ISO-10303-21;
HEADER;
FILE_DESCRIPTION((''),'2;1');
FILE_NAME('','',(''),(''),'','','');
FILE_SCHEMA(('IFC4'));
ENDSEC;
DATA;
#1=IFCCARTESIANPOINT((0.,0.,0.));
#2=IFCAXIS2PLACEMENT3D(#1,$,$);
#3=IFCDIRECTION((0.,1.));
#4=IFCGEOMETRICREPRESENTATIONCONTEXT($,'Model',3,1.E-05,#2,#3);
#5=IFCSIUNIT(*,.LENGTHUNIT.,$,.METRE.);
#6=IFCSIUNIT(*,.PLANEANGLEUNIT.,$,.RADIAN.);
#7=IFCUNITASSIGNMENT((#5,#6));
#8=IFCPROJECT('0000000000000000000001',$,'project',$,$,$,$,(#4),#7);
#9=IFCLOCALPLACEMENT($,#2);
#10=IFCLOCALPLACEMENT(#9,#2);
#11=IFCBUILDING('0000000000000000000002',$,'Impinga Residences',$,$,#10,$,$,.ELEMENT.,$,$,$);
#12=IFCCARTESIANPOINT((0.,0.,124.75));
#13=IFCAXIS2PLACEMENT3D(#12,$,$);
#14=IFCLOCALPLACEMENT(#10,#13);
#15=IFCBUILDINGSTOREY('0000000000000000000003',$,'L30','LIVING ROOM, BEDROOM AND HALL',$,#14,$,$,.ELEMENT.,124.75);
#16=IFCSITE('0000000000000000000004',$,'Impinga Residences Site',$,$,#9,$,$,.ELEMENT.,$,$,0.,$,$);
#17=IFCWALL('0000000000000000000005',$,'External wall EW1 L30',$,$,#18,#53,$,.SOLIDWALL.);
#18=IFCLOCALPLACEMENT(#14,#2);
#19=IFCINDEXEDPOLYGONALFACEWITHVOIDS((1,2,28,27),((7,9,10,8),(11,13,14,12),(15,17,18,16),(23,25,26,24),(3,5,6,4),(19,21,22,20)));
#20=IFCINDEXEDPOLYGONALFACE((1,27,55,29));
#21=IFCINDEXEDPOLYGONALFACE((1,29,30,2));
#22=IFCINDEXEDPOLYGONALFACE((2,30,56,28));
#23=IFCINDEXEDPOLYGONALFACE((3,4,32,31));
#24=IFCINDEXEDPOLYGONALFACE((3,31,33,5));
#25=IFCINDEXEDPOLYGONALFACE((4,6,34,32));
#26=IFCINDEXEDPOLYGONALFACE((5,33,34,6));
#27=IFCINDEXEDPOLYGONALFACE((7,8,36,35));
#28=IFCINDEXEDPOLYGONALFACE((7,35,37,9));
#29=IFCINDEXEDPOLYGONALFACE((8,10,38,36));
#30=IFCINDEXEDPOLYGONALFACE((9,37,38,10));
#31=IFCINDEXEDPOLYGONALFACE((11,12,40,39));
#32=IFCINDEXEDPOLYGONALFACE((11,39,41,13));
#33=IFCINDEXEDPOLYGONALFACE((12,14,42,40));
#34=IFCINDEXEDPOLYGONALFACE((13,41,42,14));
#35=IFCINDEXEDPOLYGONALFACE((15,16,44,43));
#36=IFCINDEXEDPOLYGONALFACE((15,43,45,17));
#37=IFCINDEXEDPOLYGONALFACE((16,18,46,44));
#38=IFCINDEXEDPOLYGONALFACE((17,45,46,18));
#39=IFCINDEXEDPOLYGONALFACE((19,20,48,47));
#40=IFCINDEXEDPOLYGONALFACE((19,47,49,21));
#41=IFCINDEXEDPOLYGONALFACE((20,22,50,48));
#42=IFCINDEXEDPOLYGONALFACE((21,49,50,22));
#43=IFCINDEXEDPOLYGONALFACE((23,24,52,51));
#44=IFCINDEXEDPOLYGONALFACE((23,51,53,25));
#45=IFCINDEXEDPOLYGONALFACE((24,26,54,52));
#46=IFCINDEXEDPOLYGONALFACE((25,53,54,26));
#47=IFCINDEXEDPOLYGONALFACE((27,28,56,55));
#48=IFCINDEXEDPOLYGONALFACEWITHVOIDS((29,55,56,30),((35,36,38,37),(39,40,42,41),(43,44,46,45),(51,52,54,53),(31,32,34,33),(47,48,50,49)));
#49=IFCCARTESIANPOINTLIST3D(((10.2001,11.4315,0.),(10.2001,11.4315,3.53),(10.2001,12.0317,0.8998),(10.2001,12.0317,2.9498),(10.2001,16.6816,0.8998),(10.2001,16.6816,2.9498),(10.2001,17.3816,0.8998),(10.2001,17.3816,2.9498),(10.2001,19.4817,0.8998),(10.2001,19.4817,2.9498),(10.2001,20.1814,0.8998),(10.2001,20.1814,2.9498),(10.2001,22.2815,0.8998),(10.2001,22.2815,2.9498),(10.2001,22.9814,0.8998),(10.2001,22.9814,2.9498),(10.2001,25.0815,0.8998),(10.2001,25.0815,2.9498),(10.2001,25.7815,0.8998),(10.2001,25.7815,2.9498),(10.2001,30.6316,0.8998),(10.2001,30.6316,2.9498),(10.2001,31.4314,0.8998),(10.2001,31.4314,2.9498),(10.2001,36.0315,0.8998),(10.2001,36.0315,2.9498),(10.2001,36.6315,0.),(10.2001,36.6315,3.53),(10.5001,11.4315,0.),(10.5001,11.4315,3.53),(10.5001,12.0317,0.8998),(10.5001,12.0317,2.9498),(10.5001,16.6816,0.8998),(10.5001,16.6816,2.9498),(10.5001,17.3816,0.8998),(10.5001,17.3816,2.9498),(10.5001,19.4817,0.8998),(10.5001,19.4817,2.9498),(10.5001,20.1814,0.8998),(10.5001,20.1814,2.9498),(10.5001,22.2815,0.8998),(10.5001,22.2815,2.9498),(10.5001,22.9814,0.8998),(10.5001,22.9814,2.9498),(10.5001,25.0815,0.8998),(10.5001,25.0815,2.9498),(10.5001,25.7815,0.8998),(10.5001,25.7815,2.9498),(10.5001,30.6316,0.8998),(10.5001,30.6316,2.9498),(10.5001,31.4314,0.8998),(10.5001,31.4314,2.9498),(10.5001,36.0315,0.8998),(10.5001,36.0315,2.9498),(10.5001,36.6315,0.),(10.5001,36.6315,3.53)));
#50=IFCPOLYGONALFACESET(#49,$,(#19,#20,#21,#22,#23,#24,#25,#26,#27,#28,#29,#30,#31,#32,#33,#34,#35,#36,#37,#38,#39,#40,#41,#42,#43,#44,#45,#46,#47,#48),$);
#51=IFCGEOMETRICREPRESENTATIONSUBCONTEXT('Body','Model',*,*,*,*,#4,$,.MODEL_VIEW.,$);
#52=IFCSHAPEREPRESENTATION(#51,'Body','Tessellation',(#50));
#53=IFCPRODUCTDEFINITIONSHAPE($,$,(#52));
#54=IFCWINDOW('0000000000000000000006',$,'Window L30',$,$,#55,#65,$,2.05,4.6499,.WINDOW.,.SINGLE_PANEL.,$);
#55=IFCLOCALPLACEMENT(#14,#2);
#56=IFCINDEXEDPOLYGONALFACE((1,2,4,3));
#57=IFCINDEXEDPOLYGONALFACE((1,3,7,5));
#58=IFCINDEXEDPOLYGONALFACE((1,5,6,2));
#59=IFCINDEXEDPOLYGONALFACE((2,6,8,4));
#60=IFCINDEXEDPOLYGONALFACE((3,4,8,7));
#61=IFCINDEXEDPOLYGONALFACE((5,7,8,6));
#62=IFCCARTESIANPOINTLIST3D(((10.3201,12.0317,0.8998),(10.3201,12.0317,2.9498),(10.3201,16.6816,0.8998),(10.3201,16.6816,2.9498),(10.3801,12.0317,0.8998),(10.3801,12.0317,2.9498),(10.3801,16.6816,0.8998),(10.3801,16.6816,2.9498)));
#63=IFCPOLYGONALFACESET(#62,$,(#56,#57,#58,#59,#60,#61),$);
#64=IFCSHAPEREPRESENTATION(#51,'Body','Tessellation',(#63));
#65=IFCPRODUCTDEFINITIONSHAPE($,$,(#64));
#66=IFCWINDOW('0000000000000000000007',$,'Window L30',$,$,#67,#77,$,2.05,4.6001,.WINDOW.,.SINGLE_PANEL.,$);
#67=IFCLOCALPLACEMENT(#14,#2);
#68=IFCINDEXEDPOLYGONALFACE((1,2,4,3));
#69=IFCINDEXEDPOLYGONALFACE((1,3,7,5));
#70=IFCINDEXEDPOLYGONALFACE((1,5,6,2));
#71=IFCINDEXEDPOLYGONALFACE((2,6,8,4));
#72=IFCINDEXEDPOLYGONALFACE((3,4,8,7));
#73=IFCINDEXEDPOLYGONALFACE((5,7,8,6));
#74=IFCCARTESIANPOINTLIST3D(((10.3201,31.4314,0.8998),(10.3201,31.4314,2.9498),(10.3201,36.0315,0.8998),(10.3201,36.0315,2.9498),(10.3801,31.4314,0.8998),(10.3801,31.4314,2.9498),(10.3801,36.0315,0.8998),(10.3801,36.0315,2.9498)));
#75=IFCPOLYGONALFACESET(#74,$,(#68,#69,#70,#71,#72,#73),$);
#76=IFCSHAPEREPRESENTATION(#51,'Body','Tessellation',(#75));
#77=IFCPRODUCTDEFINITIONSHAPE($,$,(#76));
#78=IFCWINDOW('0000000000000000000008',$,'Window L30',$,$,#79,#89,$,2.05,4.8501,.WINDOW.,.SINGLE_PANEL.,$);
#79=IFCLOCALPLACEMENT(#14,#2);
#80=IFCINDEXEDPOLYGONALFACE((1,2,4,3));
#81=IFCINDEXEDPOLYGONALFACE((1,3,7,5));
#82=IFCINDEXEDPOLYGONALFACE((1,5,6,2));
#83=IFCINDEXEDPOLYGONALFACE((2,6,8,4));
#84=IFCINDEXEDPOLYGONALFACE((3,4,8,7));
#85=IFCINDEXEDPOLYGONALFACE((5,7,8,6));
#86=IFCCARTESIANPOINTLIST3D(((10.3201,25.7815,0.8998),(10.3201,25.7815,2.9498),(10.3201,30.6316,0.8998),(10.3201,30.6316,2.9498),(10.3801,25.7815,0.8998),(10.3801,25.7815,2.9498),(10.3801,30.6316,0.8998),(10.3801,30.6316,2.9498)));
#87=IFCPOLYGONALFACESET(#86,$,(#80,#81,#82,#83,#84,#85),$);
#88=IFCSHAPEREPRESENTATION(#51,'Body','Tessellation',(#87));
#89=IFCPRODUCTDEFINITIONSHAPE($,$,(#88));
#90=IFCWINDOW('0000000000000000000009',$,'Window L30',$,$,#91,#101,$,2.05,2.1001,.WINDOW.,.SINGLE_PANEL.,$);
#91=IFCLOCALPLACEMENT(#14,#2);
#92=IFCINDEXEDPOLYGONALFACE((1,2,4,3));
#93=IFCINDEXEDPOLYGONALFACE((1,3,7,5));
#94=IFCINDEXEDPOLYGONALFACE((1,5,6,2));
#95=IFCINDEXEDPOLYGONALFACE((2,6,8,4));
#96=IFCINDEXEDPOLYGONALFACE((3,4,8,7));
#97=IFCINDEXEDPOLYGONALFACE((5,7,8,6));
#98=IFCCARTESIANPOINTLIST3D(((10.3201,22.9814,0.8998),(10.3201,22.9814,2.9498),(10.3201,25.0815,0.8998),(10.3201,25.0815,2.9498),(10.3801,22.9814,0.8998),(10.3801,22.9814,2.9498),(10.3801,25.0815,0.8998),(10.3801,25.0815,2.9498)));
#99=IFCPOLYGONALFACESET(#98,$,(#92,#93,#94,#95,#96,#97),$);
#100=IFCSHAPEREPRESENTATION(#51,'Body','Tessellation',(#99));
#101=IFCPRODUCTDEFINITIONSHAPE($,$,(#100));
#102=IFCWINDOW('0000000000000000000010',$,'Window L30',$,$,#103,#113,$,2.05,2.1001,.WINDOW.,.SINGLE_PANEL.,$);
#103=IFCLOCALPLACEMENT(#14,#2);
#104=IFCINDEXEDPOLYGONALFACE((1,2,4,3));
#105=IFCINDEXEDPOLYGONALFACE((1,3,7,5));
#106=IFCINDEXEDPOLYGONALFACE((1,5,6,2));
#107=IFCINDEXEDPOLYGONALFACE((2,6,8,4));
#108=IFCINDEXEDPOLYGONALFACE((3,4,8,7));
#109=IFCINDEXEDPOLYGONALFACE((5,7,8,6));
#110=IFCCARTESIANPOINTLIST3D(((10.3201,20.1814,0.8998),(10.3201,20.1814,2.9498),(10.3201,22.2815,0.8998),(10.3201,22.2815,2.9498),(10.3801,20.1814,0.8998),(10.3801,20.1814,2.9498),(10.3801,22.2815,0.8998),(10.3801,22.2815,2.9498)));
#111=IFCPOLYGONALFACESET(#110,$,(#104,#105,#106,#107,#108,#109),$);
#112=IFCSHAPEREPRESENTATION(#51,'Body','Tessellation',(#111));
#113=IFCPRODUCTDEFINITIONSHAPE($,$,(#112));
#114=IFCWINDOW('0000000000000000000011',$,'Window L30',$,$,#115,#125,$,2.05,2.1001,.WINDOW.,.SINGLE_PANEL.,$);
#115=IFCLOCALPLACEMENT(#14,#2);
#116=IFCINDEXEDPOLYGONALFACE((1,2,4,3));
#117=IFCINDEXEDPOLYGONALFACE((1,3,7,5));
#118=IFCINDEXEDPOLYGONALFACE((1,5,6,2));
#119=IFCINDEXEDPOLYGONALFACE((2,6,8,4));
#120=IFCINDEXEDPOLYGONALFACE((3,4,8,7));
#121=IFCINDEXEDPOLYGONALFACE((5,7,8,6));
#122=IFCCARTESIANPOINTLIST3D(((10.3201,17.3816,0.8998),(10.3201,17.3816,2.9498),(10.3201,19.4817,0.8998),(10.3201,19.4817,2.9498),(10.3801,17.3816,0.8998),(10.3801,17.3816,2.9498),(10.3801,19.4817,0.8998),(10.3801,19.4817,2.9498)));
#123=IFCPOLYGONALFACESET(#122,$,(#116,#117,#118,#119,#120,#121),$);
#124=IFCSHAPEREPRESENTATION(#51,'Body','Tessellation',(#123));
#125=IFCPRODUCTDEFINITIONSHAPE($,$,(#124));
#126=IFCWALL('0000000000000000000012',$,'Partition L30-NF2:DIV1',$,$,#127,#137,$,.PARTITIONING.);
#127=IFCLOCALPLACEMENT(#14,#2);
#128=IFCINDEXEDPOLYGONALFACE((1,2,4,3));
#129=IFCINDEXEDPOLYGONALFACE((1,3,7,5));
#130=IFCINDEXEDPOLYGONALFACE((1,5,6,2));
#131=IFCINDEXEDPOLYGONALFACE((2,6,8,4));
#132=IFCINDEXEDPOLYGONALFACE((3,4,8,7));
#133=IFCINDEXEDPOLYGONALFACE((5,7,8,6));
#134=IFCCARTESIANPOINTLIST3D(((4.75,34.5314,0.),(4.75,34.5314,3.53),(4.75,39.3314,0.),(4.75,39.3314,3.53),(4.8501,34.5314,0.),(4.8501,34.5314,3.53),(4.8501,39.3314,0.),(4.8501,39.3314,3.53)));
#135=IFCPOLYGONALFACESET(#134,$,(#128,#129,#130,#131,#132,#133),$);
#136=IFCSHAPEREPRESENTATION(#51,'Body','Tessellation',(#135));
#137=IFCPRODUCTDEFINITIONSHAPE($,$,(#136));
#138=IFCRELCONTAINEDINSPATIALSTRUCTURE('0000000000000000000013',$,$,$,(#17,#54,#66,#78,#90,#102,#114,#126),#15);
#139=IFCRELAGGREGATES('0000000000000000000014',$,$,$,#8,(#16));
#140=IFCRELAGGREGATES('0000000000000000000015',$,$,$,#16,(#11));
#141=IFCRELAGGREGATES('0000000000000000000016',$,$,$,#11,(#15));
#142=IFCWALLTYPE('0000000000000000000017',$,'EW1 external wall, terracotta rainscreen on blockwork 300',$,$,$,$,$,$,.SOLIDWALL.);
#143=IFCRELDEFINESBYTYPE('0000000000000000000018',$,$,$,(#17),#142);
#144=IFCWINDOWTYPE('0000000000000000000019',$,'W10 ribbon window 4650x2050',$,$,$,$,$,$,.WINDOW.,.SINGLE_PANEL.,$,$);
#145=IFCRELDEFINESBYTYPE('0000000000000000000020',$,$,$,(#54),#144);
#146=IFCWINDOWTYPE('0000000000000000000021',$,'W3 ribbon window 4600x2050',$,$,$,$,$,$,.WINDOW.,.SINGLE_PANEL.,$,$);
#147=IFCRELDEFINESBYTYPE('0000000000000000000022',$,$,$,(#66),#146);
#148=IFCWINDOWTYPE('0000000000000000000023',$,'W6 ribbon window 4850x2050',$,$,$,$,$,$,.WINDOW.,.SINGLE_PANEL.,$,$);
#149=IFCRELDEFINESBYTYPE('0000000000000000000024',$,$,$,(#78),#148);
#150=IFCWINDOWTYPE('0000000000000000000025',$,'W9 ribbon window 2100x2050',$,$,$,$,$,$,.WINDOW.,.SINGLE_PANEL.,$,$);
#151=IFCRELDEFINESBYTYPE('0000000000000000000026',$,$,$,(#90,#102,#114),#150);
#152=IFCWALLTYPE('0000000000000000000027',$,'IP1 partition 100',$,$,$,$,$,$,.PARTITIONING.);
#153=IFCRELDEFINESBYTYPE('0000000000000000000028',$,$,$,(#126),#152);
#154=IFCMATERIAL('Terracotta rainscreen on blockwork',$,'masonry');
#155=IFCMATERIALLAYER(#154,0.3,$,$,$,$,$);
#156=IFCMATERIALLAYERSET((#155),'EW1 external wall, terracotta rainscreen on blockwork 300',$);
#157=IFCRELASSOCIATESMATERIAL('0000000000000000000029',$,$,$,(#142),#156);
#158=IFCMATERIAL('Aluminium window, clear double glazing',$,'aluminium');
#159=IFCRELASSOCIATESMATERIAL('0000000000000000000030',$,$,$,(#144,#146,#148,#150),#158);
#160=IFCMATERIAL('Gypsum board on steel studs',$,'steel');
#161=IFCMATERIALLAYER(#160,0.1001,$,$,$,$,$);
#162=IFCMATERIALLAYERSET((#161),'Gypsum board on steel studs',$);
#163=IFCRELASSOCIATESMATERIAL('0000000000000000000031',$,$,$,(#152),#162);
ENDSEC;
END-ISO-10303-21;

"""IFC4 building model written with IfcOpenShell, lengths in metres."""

from ifc_helpers import new_model, si_unit, direction, frame, frame_2d, origin, place, context, subcontext, project, spatial, rectangle, extrude, material, layer, layer_set, type_object, element, fill, save


model = new_model("IFC4")

# Units and contexts
model_context = context("Model", 3, precision=1e-05, world=origin(), true_north=direction((0.0, 1.0)))
body_context = subcontext(model_context, "Body", "Model", "MODEL_VIEW")
ifc_project = project(units=[si_unit("LENGTHUNIT", "METRE"), si_unit("PLANEANGLEUNIT", "RADIAN")], contexts=[model_context])

# Site, building, storey
site_placement = place(None, origin())
site = spatial("IfcSite", under=ifc_project, at=site_placement, Name="Impinga Residences Site", CompositionType="ELEMENT", RefElevation=0.0)
building_placement = place(site_placement, origin())
building = spatial("IfcBuilding", under=site, at=building_placement, Name="Impinga Residences", CompositionType="ELEMENT")
storey_placement = place(building_placement, frame((0.0, 0.0, 124.75)))
storey = spatial("IfcBuildingStorey", under=building, at=storey_placement, Name="L30", Description="LIVING ROOM, BEDROOM AND HALL", CompositionType="ELEMENT", Elevation=124.75)

# Shared definitions
ifc_material_1 = material(Name="Terracotta rainscreen on blockwork", Category="masonry")
ifc_layer_1 = layer(ifc_material_1, 0.3)
ifc_layer_set_1 = layer_set([ifc_layer_1], Name="EW1 external wall, terracotta rainscreen on blockwork 300")
wall_type_1 = type_object("IfcWallType", Name="EW1 external wall, terracotta rainscreen on blockwork 300", PredefinedType="SOLIDWALL", material=ifc_layer_set_1)

# Wall, openings, windows
wall_1_placement = place(storey_placement, frame((10.3501, 36.6316, 0.0), z_axis=(0.0, 0.0, 1.0), x_axis=(0.0, -1.0, 0.0)))
wall_1 = element("IfcWall", 1, at=wall_1_placement, inside=storey, type_object=wall_type_1, Name="External wall EW1 L30", PredefinedType="SOLIDWALL", context=body_context, shape_type="SweptSolid", body=[
    extrude(rectangle(XDim=25.2, YDim=0.3, at=frame_2d((12.6001, 0.0))), origin(), (0.0, 0.0, 1.0), 3.53),
])
opening_1_placement = place(wall_1_placement, frame((0.6001, 0.0, 0.8999)))
opening_1 = element("IfcOpeningElement", 2, at=opening_1_placement, cuts=wall_1, PredefinedType="OPENING", context=body_context, shape_type="SweptSolid", body=[
    extrude(rectangle(XDim=4.6001, YDim=2.05, at=frame_2d((2.3, 1.0249))), frame((0.0, 0.1599, 0.0), z_axis=(0.0, -1.0, 0.0), x_axis=(1.0, 0.0, 0.0)), (0.0, 0.0, 1.0), 0.3201),
])
opening_2_placement = place(wall_1_placement, frame((6.0, 0.0, 0.8999)))
opening_2 = element("IfcOpeningElement", 3, at=opening_2_placement, cuts=wall_1, PredefinedType="OPENING", context=body_context, shape_type="SweptSolid", body=[
    extrude(rectangle(XDim=4.8501, YDim=2.05, at=frame_2d((2.425, 1.0249))), frame((0.0, 0.1599, 0.0), z_axis=(0.0, -1.0, 0.0), x_axis=(1.0, 0.0, 0.0)), (0.0, 0.0, 1.0), 0.3201),
])
opening_3_placement = place(wall_1_placement, frame((11.55, 0.0, 0.8999)))
opening_3 = element("IfcOpeningElement", 4, at=opening_3_placement, cuts=wall_1, PredefinedType="OPENING", context=body_context, shape_type="SweptSolid", body=[
    extrude(rectangle(XDim=2.1001, YDim=2.05, at=frame_2d((1.05, 1.0249))), frame((0.0, 0.1599, 0.0), z_axis=(0.0, -1.0, 0.0), x_axis=(1.0, 0.0, 0.0)), (0.0, 0.0, 1.0), 0.3201),
])
opening_4_placement = place(wall_1_placement, frame((14.3501, 0.0, 0.8999)))
opening_4 = element("IfcOpeningElement", 5, at=opening_4_placement, cuts=wall_1, PredefinedType="OPENING", context=body_context, shape_type="SweptSolid", body=[
    extrude(rectangle(XDim=2.1001, YDim=2.05, at=frame_2d((1.05, 1.0249))), frame((0.0, 0.1599, 0.0), z_axis=(0.0, -1.0, 0.0), x_axis=(1.0, 0.0, 0.0)), (0.0, 0.0, 1.0), 0.3201),
])
opening_5_placement = place(wall_1_placement, frame((17.1499, 0.0, 0.8999)))
opening_5 = element("IfcOpeningElement", 6, at=opening_5_placement, cuts=wall_1, PredefinedType="OPENING", context=body_context, shape_type="SweptSolid", body=[
    extrude(rectangle(XDim=2.1001, YDim=2.05, at=frame_2d((1.05, 1.0249))), frame((0.0, 0.1599, 0.0), z_axis=(0.0, -1.0, 0.0), x_axis=(1.0, 0.0, 0.0)), (0.0, 0.0, 1.0), 0.3201),
])
opening_6_placement = place(wall_1_placement, frame((19.95, 0.0, 0.8999)))
opening_6 = element("IfcOpeningElement", 7, at=opening_6_placement, cuts=wall_1, PredefinedType="OPENING", context=body_context, shape_type="SweptSolid", body=[
    extrude(rectangle(XDim=4.6499, YDim=2.05, at=frame_2d((2.325, 1.0249))), frame((0.0, 0.1599, 0.0), z_axis=(0.0, -1.0, 0.0), x_axis=(1.0, 0.0, 0.0)), (0.0, 0.0, 1.0), 0.3201),
])
ifc_material_2 = material(Name="Aluminium window, clear double glazing", Category="aluminium")
window_type_1 = type_object("IfcWindowType", Name="W10 ribbon window 4650x2050", PartitioningType="SINGLE_PANEL", PredefinedType="WINDOW", material=ifc_material_2)
window_1_placement = place(opening_6_placement, origin())
window_1 = element("IfcWindow", 8, at=window_1_placement, inside=storey, type_object=window_type_1, Name="Window L30", OverallHeight=2.05, OverallWidth=4.6499, PartitioningType="SINGLE_PANEL", PredefinedType="WINDOW", context=body_context, shape_type="SweptSolid", body=[
    extrude(rectangle(XDim=4.6499, YDim=2.05, at=frame_2d((2.325, 1.0249))), frame((0.0, 0.03, 0.0), z_axis=(0.0, -1.0, 0.0), x_axis=(1.0, 0.0, 0.0)), (0.0, 0.0, 1.0), 0.0601),
])
fill(opening_6, window_1)
window_type_2 = type_object("IfcWindowType", Name="W3 ribbon window 4600x2050", PartitioningType="SINGLE_PANEL", PredefinedType="WINDOW", material=ifc_material_2)
window_2_placement = place(opening_1_placement, origin())
window_2 = element("IfcWindow", 9, at=window_2_placement, inside=storey, type_object=window_type_2, Name="Window L30", OverallHeight=2.05, OverallWidth=4.6001, PartitioningType="SINGLE_PANEL", PredefinedType="WINDOW", context=body_context, shape_type="SweptSolid", body=[
    extrude(rectangle(XDim=4.6001, YDim=2.05, at=frame_2d((2.3, 1.0249))), frame((0.0, 0.03, 0.0), z_axis=(0.0, -1.0, 0.0), x_axis=(1.0, 0.0, 0.0)), (0.0, 0.0, 1.0), 0.0601),
])
fill(opening_1, window_2)
window_type_3 = type_object("IfcWindowType", Name="W6 ribbon window 4850x2050", PartitioningType="SINGLE_PANEL", PredefinedType="WINDOW", material=ifc_material_2)
window_3_placement = place(opening_2_placement, origin())
window_3 = element("IfcWindow", 10, at=window_3_placement, inside=storey, type_object=window_type_3, Name="Window L30", OverallHeight=2.05, OverallWidth=4.8501, PartitioningType="SINGLE_PANEL", PredefinedType="WINDOW", context=body_context, shape_type="SweptSolid", body=[
    extrude(rectangle(XDim=4.8501, YDim=2.05, at=frame_2d((2.425, 1.0249))), frame((0.0, 0.03, 0.0), z_axis=(0.0, -1.0, 0.0), x_axis=(1.0, 0.0, 0.0)), (0.0, 0.0, 1.0), 0.0601),
])
fill(opening_2, window_3)
window_type_4 = type_object("IfcWindowType", Name="W9 ribbon window 2100x2050", PartitioningType="SINGLE_PANEL", PredefinedType="WINDOW", material=ifc_material_2)
window_4_placement = place(opening_3_placement, origin())
window_4 = element("IfcWindow", 11, at=window_4_placement, inside=storey, type_object=window_type_4, Name="Window L30", OverallHeight=2.05, OverallWidth=2.1001, PartitioningType="SINGLE_PANEL", PredefinedType="WINDOW", context=body_context, shape_type="SweptSolid", body=[
    extrude(rectangle(XDim=2.1001, YDim=2.05, at=frame_2d((1.05, 1.0249))), frame((0.0, 0.03, 0.0), z_axis=(0.0, -1.0, 0.0), x_axis=(1.0, 0.0, 0.0)), (0.0, 0.0, 1.0), 0.0601),
])
fill(opening_3, window_4)
window_5_placement = place(opening_4_placement, origin())
window_5 = element("IfcWindow", 12, at=window_5_placement, inside=storey, type_object=window_type_4, Name="Window L30", OverallHeight=2.05, OverallWidth=2.1001, PartitioningType="SINGLE_PANEL", PredefinedType="WINDOW", context=body_context, shape_type="SweptSolid", body=[
    extrude(rectangle(XDim=2.1001, YDim=2.05, at=frame_2d((1.05, 1.0249))), frame((0.0, 0.03, 0.0), z_axis=(0.0, -1.0, 0.0), x_axis=(1.0, 0.0, 0.0)), (0.0, 0.0, 1.0), 0.0601),
])
fill(opening_4, window_5)
window_6_placement = place(opening_5_placement, origin())
window_6 = element("IfcWindow", 13, at=window_6_placement, inside=storey, type_object=window_type_4, Name="Window L30", OverallHeight=2.05, OverallWidth=2.1001, PartitioningType="SINGLE_PANEL", PredefinedType="WINDOW", context=body_context, shape_type="SweptSolid", body=[
    extrude(rectangle(XDim=2.1001, YDim=2.05, at=frame_2d((1.05, 1.0249))), frame((0.0, 0.03, 0.0), z_axis=(0.0, -1.0, 0.0), x_axis=(1.0, 0.0, 0.0)), (0.0, 0.0, 1.0), 0.0601),
])
fill(opening_5, window_6)

# Wall
ifc_material_3 = material(Name="Gypsum board on steel studs", Category="steel")
ifc_layer_2 = layer(ifc_material_3, 0.1001)
ifc_layer_set_2 = layer_set([ifc_layer_2], Name="Gypsum board on steel studs")
wall_type_2 = type_object("IfcWallType", Name="IP1 partition 100", PredefinedType="PARTITIONING", material=ifc_layer_set_2)
wall_2_placement = place(storey_placement, frame((4.8, 34.5315, 0.0), z_axis=(0.0, 0.0, 1.0), x_axis=(0.0, 1.0, 0.0)))
element("IfcWall", 14, at=wall_2_placement, inside=storey, type_object=wall_type_2, Name="Partition L30-NF2:DIV1", PredefinedType="PARTITIONING", context=body_context, shape_type="SweptSolid", body=[
    extrude(rectangle(XDim=4.8, YDim=0.1001, at=frame_2d((2.3999, 0.0))), origin(), (0.0, 0.0, 1.0), 3.53),
])

save(model, "model.ifc")
